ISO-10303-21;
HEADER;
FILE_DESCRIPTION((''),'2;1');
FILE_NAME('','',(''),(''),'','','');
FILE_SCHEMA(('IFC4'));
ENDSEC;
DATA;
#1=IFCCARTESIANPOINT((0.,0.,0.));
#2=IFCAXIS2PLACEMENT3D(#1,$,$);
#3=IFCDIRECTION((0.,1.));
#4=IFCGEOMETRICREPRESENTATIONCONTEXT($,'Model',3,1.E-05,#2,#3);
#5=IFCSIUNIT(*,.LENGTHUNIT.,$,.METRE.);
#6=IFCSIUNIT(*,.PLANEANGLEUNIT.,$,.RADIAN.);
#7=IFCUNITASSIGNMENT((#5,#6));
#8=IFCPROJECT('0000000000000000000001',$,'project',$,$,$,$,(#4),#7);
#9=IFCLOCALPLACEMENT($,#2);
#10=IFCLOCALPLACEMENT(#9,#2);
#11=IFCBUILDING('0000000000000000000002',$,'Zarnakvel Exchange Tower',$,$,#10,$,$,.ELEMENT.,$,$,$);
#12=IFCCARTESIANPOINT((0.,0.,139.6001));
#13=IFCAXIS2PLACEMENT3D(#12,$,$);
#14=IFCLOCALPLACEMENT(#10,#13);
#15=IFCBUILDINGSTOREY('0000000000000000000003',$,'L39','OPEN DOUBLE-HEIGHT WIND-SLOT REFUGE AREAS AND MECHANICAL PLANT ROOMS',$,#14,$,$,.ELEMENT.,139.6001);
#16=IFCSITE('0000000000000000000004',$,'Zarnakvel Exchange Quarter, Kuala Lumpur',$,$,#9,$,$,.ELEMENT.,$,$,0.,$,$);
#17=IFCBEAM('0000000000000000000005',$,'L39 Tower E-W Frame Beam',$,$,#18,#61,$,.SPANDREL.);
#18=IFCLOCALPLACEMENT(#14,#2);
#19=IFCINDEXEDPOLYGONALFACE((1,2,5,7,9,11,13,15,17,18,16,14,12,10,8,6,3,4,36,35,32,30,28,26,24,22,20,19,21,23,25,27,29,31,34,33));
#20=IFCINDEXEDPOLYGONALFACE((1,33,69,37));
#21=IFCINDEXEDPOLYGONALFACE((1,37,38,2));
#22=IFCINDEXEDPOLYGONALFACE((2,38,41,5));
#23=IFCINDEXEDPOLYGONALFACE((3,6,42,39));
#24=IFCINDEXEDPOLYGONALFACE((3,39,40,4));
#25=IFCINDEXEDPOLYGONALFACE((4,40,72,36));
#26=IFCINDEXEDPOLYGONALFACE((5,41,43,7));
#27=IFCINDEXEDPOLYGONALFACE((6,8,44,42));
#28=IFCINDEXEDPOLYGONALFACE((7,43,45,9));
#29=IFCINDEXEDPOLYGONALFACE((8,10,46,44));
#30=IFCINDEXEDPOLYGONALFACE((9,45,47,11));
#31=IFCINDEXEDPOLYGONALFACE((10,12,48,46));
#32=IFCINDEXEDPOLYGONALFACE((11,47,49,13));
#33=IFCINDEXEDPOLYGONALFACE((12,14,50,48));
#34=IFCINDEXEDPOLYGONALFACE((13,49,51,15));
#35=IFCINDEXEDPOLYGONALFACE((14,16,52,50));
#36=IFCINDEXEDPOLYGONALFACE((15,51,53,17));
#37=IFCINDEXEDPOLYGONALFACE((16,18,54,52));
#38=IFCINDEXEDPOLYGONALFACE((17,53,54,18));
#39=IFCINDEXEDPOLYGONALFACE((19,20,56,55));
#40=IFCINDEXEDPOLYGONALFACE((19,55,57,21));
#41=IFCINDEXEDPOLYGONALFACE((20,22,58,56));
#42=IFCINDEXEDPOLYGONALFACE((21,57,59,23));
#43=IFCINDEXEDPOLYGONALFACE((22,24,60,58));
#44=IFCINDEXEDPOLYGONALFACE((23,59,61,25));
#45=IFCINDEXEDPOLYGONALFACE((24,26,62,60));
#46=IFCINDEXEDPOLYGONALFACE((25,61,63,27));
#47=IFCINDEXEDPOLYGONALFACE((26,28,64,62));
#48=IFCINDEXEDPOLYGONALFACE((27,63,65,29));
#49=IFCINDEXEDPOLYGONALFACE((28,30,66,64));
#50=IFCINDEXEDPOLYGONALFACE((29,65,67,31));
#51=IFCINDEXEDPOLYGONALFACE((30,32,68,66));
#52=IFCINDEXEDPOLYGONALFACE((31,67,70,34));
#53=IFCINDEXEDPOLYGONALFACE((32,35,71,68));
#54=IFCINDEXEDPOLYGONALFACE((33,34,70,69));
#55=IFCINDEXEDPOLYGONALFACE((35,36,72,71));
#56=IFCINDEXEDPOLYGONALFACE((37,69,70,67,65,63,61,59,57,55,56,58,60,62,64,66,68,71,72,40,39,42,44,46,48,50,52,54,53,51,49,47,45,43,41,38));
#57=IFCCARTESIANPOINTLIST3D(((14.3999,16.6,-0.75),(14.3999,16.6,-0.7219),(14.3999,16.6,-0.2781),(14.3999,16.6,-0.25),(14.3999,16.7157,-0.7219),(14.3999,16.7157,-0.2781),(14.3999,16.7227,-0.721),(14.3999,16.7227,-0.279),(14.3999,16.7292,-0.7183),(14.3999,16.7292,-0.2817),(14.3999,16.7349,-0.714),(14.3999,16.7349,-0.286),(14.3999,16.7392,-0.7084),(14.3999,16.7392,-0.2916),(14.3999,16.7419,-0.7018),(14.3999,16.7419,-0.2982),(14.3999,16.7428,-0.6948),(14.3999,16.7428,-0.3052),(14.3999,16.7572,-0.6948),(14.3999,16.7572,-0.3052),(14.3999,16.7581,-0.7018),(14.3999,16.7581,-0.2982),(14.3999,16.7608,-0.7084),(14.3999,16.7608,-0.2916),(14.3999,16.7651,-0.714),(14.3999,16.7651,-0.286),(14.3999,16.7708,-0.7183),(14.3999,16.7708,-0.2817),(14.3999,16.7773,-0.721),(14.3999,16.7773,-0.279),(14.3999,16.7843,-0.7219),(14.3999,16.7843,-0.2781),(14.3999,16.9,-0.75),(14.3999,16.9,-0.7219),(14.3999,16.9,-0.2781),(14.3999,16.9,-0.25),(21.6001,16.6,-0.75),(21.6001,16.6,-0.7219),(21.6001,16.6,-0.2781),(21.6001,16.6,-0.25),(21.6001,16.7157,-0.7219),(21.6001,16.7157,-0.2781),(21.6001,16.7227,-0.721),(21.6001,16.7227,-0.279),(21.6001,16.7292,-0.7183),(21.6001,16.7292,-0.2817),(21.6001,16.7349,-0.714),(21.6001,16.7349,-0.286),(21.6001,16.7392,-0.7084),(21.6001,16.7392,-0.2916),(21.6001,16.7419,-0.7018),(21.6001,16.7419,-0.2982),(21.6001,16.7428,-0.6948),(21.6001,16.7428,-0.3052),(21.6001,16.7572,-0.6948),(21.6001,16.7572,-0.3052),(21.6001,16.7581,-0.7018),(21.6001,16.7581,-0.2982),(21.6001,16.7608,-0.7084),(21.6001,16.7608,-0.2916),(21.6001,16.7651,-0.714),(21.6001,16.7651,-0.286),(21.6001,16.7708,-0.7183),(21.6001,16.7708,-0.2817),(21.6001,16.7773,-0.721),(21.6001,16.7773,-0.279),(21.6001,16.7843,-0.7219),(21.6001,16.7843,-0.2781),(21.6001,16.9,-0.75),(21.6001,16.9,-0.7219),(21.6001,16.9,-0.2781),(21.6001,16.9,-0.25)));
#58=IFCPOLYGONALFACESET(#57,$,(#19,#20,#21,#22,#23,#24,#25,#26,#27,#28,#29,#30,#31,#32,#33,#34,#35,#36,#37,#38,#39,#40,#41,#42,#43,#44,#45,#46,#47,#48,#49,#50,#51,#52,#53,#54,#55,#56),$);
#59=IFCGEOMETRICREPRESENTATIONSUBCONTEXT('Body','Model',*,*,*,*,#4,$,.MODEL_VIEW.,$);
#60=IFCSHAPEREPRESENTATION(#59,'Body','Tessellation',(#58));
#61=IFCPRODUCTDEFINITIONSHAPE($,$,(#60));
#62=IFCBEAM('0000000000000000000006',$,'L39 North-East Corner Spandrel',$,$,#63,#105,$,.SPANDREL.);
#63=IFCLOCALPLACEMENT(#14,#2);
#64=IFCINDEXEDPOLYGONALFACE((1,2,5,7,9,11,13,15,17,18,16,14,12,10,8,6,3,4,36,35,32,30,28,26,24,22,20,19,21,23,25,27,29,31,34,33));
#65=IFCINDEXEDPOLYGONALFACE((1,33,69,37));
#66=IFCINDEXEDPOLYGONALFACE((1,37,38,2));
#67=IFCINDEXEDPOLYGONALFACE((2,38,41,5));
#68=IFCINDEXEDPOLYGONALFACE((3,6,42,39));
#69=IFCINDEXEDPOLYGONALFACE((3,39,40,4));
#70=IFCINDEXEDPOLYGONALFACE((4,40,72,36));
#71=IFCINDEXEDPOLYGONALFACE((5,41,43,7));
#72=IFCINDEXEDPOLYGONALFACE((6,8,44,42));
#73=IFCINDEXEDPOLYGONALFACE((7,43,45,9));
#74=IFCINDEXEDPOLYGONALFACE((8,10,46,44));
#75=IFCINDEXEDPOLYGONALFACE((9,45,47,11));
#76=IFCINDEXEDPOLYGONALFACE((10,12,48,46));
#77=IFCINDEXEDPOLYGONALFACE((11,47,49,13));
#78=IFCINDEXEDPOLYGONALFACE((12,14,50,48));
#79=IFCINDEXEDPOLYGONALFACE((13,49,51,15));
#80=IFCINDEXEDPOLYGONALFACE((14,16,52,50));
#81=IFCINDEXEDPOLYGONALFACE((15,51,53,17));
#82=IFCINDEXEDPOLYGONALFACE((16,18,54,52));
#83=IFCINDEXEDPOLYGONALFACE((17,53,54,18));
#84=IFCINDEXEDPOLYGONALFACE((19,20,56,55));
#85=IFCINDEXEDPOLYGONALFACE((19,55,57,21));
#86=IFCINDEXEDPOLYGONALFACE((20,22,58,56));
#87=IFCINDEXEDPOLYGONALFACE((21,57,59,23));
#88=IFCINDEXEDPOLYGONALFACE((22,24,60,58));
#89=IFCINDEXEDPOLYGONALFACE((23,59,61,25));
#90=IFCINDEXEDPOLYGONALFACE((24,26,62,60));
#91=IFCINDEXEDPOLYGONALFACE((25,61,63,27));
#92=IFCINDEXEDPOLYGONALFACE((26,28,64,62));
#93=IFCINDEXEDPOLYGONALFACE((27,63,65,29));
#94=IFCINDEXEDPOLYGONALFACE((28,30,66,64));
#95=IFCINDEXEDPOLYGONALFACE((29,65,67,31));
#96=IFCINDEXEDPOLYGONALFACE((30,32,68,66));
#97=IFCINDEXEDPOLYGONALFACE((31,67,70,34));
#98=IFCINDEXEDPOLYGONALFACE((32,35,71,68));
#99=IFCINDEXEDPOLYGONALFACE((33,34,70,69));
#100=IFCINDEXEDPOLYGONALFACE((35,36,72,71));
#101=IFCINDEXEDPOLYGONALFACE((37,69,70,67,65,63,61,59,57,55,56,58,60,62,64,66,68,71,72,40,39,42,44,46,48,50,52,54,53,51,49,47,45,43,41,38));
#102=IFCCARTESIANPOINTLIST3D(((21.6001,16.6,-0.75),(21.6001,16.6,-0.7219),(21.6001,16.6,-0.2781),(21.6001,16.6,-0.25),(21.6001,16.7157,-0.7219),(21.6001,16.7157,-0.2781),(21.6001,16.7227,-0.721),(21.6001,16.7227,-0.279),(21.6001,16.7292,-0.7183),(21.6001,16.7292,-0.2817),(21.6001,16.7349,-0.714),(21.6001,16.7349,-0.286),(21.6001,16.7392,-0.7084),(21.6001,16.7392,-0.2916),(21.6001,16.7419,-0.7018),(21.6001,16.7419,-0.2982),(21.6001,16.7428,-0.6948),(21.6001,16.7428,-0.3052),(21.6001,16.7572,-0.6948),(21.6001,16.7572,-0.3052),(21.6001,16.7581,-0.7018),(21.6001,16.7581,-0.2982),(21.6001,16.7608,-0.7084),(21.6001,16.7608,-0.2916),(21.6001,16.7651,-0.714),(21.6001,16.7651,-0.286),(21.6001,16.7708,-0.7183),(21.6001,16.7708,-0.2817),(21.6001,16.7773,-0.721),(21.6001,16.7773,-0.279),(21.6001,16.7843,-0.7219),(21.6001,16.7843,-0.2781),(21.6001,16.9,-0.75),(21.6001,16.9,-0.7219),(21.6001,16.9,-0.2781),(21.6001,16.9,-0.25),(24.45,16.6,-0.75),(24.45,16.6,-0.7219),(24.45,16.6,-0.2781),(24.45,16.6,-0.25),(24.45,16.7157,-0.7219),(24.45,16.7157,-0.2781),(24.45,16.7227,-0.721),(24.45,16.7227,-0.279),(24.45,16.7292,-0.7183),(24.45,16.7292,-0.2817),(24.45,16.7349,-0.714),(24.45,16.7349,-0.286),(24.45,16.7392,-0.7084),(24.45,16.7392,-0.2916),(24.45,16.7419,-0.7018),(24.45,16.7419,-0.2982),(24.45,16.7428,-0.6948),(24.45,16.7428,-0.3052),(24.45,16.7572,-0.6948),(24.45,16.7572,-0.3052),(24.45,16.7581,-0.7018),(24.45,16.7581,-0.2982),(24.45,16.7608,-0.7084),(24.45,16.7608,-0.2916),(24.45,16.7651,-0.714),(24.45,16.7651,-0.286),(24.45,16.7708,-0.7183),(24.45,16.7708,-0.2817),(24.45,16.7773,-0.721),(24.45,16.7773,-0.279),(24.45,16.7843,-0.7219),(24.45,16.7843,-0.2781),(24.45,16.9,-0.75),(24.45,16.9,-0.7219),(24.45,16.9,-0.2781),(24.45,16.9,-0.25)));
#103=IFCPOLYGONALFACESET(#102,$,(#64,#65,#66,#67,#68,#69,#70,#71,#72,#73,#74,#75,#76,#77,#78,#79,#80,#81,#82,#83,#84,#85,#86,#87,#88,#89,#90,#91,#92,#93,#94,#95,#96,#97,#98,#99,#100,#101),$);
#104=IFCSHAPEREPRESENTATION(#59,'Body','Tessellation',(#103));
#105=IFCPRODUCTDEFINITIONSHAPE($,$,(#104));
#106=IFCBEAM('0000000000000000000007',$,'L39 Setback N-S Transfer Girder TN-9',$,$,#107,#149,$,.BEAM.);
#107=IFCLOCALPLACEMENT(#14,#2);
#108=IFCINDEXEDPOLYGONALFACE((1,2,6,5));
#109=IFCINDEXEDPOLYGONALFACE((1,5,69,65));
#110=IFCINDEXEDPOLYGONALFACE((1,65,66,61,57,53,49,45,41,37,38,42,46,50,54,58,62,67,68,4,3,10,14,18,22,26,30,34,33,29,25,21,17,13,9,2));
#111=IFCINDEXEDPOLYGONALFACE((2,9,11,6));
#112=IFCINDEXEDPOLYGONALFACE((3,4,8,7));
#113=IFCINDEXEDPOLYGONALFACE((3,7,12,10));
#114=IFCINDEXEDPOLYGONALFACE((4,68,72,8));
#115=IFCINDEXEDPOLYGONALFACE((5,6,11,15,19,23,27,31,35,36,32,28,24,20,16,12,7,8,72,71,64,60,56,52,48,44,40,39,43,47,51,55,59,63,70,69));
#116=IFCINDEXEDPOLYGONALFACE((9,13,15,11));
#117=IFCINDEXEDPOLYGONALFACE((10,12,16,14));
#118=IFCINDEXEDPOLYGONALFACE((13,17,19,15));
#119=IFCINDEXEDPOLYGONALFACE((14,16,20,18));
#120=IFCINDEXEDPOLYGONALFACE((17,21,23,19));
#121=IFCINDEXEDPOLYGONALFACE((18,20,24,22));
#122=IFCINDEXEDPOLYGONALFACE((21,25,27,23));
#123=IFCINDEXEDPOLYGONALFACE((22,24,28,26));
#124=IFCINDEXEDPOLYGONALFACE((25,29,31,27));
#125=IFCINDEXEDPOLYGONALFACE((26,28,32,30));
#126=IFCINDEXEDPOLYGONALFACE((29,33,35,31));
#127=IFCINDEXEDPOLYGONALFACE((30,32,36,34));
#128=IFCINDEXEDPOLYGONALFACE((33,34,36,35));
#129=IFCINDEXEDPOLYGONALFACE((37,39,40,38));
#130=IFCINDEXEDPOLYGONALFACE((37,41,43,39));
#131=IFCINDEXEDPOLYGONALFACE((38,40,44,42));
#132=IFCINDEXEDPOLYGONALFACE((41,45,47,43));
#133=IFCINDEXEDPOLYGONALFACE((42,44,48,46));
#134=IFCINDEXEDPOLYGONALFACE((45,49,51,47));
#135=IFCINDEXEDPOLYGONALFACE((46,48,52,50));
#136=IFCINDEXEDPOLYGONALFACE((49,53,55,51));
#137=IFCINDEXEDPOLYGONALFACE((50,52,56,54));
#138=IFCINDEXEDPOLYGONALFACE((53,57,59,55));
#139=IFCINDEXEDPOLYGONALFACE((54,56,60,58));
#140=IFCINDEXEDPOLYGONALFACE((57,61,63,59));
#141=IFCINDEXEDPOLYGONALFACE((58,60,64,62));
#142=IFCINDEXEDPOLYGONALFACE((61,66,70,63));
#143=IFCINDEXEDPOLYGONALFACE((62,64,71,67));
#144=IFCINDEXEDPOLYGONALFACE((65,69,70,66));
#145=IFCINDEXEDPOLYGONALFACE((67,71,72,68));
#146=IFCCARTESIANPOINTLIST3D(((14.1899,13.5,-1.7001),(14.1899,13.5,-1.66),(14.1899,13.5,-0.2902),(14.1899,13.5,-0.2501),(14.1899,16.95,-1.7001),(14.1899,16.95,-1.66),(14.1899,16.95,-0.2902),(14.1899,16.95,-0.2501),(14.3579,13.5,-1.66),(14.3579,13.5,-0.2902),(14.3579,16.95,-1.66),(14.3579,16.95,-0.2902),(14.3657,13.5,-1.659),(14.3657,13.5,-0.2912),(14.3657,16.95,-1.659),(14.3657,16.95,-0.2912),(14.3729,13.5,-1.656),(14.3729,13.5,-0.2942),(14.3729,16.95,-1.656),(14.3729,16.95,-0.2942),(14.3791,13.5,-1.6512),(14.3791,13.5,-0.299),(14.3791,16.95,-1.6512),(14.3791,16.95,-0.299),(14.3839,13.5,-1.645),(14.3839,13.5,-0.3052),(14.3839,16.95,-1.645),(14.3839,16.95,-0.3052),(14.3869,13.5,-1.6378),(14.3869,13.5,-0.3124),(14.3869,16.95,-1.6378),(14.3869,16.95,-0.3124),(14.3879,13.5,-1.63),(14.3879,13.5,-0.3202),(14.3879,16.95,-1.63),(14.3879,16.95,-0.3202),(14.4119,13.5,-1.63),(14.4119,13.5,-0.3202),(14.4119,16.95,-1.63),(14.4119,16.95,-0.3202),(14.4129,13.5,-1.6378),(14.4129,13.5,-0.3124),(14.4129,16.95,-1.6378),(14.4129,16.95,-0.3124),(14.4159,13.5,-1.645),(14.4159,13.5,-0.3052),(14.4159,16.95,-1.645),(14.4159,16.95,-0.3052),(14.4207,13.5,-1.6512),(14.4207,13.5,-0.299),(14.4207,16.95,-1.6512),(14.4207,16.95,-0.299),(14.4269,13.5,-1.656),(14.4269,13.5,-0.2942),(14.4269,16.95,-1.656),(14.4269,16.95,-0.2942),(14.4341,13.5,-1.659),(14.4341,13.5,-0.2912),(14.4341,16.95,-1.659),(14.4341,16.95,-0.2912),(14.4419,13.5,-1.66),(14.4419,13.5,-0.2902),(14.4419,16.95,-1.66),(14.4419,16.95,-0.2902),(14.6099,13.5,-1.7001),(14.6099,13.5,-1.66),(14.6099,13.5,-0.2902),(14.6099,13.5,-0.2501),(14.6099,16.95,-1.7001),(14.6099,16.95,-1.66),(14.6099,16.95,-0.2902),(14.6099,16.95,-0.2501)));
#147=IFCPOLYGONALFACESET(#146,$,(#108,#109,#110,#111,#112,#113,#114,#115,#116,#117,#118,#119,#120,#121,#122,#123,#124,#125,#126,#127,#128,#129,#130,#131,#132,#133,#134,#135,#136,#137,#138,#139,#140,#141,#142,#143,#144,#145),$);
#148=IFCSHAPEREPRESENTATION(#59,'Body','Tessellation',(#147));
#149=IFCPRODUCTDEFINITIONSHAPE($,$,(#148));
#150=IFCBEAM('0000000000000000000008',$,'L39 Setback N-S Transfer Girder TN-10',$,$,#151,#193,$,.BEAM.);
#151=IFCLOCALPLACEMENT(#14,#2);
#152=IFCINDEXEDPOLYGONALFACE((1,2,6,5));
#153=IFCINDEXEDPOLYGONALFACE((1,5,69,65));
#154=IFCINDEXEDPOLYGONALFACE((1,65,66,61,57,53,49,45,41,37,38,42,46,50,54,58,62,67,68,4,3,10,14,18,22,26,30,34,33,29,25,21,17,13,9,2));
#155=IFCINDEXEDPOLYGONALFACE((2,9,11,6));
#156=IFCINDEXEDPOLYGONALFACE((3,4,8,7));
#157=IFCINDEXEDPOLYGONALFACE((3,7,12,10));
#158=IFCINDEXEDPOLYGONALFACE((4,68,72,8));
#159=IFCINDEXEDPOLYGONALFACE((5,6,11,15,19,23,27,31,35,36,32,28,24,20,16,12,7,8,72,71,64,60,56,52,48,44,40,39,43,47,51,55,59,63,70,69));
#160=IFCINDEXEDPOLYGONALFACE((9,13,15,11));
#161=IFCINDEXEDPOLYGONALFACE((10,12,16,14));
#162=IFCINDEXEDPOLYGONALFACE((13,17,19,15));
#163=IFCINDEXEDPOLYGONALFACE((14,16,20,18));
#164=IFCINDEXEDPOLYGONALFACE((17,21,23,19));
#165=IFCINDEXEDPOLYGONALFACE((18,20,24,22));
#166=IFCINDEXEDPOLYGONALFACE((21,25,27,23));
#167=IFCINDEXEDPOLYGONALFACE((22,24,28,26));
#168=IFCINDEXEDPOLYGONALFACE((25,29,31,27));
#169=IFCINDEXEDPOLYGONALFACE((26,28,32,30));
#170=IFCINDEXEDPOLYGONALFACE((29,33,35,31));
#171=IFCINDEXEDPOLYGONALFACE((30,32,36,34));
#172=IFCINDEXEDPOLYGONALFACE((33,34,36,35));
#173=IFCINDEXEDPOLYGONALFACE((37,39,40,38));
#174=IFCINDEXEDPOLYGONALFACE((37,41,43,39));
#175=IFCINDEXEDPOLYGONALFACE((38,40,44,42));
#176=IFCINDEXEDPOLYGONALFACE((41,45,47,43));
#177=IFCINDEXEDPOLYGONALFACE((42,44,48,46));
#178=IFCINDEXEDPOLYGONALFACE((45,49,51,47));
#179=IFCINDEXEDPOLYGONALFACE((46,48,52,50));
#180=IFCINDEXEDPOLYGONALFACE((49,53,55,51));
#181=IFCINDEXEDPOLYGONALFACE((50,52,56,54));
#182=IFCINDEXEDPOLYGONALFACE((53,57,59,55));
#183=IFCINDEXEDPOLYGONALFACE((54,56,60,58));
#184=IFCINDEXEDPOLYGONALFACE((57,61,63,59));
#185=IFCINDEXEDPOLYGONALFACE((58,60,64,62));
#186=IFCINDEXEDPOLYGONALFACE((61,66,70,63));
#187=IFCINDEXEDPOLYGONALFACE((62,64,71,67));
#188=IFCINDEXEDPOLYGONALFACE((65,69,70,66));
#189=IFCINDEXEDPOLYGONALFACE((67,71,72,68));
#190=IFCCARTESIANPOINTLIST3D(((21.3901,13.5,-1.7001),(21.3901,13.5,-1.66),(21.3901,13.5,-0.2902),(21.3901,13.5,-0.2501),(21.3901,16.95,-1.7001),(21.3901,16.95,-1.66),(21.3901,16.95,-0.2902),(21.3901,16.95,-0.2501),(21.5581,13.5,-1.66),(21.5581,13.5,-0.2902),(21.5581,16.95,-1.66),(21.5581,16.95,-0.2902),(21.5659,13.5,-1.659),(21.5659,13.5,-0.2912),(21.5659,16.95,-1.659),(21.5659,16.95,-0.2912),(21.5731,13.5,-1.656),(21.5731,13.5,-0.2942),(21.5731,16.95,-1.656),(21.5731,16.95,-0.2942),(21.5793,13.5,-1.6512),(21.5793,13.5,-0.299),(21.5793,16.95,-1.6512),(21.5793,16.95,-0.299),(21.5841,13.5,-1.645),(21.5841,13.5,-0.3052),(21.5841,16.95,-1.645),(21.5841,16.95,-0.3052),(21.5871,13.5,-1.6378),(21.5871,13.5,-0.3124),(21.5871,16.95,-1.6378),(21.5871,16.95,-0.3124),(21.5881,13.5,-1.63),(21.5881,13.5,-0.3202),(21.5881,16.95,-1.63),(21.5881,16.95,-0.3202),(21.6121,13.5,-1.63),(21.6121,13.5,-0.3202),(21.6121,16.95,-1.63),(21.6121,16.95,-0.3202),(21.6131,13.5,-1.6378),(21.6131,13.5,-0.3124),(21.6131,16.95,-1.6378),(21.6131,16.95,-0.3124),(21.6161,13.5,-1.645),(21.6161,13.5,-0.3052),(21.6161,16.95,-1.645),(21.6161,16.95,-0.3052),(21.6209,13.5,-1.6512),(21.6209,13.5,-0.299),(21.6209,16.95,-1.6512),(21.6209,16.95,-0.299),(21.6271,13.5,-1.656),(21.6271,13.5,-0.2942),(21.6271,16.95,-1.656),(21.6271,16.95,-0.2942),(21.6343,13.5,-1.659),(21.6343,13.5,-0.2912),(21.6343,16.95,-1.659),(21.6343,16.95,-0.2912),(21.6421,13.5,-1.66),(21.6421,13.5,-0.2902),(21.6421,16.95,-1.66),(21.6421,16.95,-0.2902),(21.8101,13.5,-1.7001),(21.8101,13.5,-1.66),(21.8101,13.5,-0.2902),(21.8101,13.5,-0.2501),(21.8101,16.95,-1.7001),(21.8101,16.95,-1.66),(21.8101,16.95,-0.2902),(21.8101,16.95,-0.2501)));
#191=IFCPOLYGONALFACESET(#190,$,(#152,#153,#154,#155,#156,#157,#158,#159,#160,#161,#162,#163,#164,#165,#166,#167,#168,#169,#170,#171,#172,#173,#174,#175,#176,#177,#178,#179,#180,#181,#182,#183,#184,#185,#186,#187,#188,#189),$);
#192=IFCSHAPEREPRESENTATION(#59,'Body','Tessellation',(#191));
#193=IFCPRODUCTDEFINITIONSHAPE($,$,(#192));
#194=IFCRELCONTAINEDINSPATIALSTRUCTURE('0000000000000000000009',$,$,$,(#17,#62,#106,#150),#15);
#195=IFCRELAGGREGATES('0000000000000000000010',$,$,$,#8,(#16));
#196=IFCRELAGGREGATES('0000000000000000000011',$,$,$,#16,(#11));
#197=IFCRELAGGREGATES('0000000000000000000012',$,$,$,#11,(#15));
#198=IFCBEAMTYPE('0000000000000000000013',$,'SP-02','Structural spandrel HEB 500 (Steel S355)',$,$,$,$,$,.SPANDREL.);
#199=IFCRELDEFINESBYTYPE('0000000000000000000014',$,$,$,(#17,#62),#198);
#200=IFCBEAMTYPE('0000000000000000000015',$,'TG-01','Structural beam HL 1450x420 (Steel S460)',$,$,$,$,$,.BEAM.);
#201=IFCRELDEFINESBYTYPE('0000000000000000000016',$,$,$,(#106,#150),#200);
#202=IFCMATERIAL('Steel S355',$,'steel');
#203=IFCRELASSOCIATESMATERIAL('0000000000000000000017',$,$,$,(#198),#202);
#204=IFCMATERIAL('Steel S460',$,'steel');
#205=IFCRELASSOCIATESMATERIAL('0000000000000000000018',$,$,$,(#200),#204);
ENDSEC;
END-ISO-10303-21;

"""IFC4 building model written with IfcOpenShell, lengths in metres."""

from ifc_helpers import new_model, si_unit, direction, frame, origin, origin_2d, place, context, subcontext, project, spatial, i_section, extrude, material, material_profile, profile_set, type_object, element, save


model = new_model("IFC4")

# Units and contexts
model_context = context("Model", 3, precision=1e-05, world=origin(), true_north=direction((0.0, 1.0)))
body_context = subcontext(model_context, "Body", "Model", "MODEL_VIEW")
ifc_project = project(units=[si_unit("LENGTHUNIT", "METRE"), si_unit("PLANEANGLEUNIT", "RADIAN")], contexts=[model_context])

# Site, building, storey
site_placement = place(None, origin())
site = spatial("IfcSite", under=ifc_project, at=site_placement, Name="Zarnakvel Exchange Quarter, Kuala Lumpur", CompositionType="ELEMENT", RefElevation=0.0)
building_placement = place(site_placement, origin())
building = spatial("IfcBuilding", under=site, at=building_placement, Name="Zarnakvel Exchange Tower", CompositionType="ELEMENT")
storey_placement = place(building_placement, frame((0.0, 0.0, 139.6001)))
storey = spatial("IfcBuildingStorey", under=building, at=storey_placement, Name="L39", Description="OPEN DOUBLE-HEIGHT WIND-SLOT REFUGE AREAS AND MECHANICAL PLANT ROOMS", CompositionType="ELEMENT", Elevation=139.6001)

# Shared definitions
ifc_material_1 = material(Name="Steel S355", Category="steel")

# Beams
ifc_material_profile_1 = material_profile(ifc_material_1, i_section(OverallWidth=0.3, OverallDepth=0.5, WebThickness=0.0144, FlangeThickness=0.0281, FilletRadius=0.0271, at=origin_2d()))
ifc_profile_set_1 = profile_set([ifc_material_profile_1], Name="Steel S355")
beam_type_1 = type_object("IfcBeamType", Name="SP-02", Description="Structural spandrel HEB 500 (Steel S355)", PredefinedType="SPANDREL", material=ifc_profile_set_1)
beam_1_placement = place(storey_placement, frame((14.3999, 16.75, -0.5), z_axis=(1.0, 0.0, 0.0), x_axis=(0.0, 1.0, 0.0)))
element("IfcBeam", 1, at=beam_1_placement, inside=storey, type_object=beam_type_1, Name="L39 Tower E-W Frame Beam", PredefinedType="SPANDREL", context=body_context, shape_type="SweptSolid", body=[
    extrude(i_section(OverallWidth=0.3, OverallDepth=0.5, WebThickness=0.0144, FlangeThickness=0.0281, FilletRadius=0.0271, at=origin_2d()), origin(), (0.0, 0.0, 1.0), 7.2002),
])
beam_2_placement = place(storey_placement, frame((21.6001, 16.75, -0.5), z_axis=(1.0, 0.0, 0.0), x_axis=(0.0, 1.0, 0.0)))
element("IfcBeam", 2, at=beam_2_placement, inside=storey, type_object=beam_type_1, Name="L39 North-East Corner Spandrel", PredefinedType="SPANDREL", context=body_context, shape_type="SweptSolid", body=[
    extrude(i_section(OverallWidth=0.3, OverallDepth=0.5, WebThickness=0.0144, FlangeThickness=0.0281, FilletRadius=0.0271, at=origin_2d()), origin(), (0.0, 0.0, 1.0), 2.8499),
])
ifc_material_2 = material(Name="Steel S460", Category="steel")
ifc_material_profile_2 = material_profile(ifc_material_2, i_section(OverallWidth=0.4199, OverallDepth=1.45, WebThickness=0.0239, FlangeThickness=0.04, FilletRadius=0.03, at=origin_2d()))
ifc_profile_set_2 = profile_set([ifc_material_profile_2], Name="Steel S460")
beam_type_2 = type_object("IfcBeamType", Name="TG-01", Description="Structural beam HL 1450x420 (Steel S460)", PredefinedType="BEAM", material=ifc_profile_set_2)
for number, where, z_axis, x_axis, name in (
    (3, (14.3999, 13.5, -0.9751), (0.0, 1.0, 0.0), (-1.0, 0.0, 0.0), "L39 Setback N-S Transfer Girder TN-9"),
    (4, (21.6001, 13.5, -0.9751), (0.0, 1.0, 0.0), (-1.0, 0.0, 0.0), "L39 Setback N-S Transfer Girder TN-10"),
):
    element("IfcBeam", number, at=place(storey_placement, frame(where, z_axis=z_axis, x_axis=x_axis)), inside=storey, type_object=beam_type_2, Name=name, PredefinedType="BEAM", context=body_context, shape_type="SweptSolid", body=[
        extrude(i_section(OverallWidth=0.4199, OverallDepth=1.45, WebThickness=0.0239, FlangeThickness=0.04, FilletRadius=0.03, at=origin_2d()), origin(), (0.0, 0.0, 1.0), 3.45),
    ])

save(model, "model.ifc")
